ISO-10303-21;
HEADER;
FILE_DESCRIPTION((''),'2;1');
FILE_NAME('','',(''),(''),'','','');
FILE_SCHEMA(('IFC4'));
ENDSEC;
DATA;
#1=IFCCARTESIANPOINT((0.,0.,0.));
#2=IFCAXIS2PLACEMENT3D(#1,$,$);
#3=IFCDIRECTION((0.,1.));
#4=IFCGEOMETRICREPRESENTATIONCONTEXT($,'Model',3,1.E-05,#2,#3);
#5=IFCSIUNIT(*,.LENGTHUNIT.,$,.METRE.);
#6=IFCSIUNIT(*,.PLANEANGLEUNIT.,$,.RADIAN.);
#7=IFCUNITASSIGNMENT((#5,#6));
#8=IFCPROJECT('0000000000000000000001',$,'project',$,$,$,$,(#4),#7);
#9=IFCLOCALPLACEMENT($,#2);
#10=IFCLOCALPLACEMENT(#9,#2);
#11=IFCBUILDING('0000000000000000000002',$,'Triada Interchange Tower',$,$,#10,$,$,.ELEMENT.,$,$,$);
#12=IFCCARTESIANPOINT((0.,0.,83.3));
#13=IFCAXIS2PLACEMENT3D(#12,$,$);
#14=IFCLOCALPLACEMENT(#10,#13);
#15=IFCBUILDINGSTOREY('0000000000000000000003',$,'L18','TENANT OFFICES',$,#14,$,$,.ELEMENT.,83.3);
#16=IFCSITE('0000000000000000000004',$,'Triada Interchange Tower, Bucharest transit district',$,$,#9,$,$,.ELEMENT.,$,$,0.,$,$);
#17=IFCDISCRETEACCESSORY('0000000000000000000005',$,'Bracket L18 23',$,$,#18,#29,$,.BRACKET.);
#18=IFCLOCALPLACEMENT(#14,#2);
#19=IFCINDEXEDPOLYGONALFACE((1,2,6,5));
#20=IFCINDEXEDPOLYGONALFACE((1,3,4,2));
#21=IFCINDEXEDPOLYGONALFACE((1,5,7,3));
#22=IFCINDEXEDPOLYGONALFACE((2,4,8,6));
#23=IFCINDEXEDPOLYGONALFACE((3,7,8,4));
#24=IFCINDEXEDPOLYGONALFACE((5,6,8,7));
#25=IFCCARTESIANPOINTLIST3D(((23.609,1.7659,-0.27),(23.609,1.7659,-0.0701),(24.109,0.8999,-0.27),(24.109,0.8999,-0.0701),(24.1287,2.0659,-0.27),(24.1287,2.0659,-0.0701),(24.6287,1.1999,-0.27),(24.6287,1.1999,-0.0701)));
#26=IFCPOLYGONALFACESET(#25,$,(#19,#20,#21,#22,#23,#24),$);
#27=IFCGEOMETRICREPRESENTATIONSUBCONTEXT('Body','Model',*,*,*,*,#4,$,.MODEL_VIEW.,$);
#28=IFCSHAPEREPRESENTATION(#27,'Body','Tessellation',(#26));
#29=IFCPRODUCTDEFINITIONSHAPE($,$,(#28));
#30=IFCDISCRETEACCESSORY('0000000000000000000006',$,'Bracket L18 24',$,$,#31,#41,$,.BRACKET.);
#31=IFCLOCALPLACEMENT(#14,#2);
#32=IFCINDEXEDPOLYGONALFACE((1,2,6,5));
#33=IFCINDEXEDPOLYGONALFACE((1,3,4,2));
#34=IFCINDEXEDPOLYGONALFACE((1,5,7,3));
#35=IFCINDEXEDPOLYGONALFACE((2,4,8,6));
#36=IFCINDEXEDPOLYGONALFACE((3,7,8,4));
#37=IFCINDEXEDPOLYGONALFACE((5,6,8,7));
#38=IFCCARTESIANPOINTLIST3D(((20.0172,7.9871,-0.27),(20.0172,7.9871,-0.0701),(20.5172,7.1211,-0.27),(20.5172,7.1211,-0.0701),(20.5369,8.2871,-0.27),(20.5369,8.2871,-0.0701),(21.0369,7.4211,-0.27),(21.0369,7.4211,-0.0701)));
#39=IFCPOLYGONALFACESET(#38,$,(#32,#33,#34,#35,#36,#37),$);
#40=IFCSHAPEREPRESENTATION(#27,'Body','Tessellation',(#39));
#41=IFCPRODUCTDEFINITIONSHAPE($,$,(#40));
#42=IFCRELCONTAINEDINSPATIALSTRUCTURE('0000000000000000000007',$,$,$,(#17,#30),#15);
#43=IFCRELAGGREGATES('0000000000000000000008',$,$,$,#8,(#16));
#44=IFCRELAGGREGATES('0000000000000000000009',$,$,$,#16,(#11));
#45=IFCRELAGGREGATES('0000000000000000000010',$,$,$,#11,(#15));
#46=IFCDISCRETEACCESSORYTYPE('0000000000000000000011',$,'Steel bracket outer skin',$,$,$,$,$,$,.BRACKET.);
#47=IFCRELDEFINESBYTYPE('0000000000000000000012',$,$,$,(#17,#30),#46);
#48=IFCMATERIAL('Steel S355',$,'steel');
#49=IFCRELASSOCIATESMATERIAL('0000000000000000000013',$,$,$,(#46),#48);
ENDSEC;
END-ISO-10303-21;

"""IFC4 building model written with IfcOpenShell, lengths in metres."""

from ifc_helpers import new_model, si_unit, direction, frame, origin, origin_2d, place, context, subcontext, project, spatial, rectangle, extrude, material, type_object, element, save


model = new_model("IFC4")

# Units and contexts
model_context = context("Model", 3, precision=1e-05, world=origin(), true_north=direction((0.0, 1.0)))
body_context = subcontext(model_context, "Body", "Model", "MODEL_VIEW")
ifc_project = project(units=[si_unit("LENGTHUNIT", "METRE"), si_unit("PLANEANGLEUNIT", "RADIAN")], contexts=[model_context])

# Site, building, storey
site_placement = place(None, origin())
site = spatial("IfcSite", under=ifc_project, at=site_placement, Name="Triada Interchange Tower, Bucharest transit district", CompositionType="ELEMENT", RefElevation=0.0)
building_placement = place(site_placement, origin())
building = spatial("IfcBuilding", under=site, at=building_placement, Name="Triada Interchange Tower", CompositionType="ELEMENT")
storey_placement = place(building_placement, frame((0.0, 0.0, 83.3)))
storey = spatial("IfcBuildingStorey", under=building, at=storey_placement, Name="L18", Description="TENANT OFFICES", CompositionType="ELEMENT", Elevation=83.3)

# Discrete accessories
ifc_material_1 = material(Name="Steel S355", Category="steel")
discrete_accessory_type = type_object("IfcDiscreteAccessoryType", Name="Steel bracket outer skin", PredefinedType="BRACKET", material=ifc_material_1)
for number, where, z_axis, x_axis, name in (
    (1, (24.1189, 1.4829, -0.27), (0.0, 0.0, 1.0), (0.866025, 0.5, 0.0), "Bracket L18 23"),
    (2, (20.5271, 7.7041, -0.27), (0.0, 0.0, 1.0), (0.866025, 0.5, 0.0), "Bracket L18 24"),
):
    element("IfcDiscreteAccessory", number, at=place(storey_placement, frame(where, z_axis=z_axis, x_axis=x_axis)), inside=storey, type_object=discrete_accessory_type, Name=name, PredefinedType="BRACKET", context=body_context, shape_type="SweptSolid", body=[
        extrude(rectangle(XDim=0.6001, YDim=1.0, at=origin_2d()), origin(), (0.0, 0.0, 1.0), 0.2),
    ])

save(model, "model.ifc")
